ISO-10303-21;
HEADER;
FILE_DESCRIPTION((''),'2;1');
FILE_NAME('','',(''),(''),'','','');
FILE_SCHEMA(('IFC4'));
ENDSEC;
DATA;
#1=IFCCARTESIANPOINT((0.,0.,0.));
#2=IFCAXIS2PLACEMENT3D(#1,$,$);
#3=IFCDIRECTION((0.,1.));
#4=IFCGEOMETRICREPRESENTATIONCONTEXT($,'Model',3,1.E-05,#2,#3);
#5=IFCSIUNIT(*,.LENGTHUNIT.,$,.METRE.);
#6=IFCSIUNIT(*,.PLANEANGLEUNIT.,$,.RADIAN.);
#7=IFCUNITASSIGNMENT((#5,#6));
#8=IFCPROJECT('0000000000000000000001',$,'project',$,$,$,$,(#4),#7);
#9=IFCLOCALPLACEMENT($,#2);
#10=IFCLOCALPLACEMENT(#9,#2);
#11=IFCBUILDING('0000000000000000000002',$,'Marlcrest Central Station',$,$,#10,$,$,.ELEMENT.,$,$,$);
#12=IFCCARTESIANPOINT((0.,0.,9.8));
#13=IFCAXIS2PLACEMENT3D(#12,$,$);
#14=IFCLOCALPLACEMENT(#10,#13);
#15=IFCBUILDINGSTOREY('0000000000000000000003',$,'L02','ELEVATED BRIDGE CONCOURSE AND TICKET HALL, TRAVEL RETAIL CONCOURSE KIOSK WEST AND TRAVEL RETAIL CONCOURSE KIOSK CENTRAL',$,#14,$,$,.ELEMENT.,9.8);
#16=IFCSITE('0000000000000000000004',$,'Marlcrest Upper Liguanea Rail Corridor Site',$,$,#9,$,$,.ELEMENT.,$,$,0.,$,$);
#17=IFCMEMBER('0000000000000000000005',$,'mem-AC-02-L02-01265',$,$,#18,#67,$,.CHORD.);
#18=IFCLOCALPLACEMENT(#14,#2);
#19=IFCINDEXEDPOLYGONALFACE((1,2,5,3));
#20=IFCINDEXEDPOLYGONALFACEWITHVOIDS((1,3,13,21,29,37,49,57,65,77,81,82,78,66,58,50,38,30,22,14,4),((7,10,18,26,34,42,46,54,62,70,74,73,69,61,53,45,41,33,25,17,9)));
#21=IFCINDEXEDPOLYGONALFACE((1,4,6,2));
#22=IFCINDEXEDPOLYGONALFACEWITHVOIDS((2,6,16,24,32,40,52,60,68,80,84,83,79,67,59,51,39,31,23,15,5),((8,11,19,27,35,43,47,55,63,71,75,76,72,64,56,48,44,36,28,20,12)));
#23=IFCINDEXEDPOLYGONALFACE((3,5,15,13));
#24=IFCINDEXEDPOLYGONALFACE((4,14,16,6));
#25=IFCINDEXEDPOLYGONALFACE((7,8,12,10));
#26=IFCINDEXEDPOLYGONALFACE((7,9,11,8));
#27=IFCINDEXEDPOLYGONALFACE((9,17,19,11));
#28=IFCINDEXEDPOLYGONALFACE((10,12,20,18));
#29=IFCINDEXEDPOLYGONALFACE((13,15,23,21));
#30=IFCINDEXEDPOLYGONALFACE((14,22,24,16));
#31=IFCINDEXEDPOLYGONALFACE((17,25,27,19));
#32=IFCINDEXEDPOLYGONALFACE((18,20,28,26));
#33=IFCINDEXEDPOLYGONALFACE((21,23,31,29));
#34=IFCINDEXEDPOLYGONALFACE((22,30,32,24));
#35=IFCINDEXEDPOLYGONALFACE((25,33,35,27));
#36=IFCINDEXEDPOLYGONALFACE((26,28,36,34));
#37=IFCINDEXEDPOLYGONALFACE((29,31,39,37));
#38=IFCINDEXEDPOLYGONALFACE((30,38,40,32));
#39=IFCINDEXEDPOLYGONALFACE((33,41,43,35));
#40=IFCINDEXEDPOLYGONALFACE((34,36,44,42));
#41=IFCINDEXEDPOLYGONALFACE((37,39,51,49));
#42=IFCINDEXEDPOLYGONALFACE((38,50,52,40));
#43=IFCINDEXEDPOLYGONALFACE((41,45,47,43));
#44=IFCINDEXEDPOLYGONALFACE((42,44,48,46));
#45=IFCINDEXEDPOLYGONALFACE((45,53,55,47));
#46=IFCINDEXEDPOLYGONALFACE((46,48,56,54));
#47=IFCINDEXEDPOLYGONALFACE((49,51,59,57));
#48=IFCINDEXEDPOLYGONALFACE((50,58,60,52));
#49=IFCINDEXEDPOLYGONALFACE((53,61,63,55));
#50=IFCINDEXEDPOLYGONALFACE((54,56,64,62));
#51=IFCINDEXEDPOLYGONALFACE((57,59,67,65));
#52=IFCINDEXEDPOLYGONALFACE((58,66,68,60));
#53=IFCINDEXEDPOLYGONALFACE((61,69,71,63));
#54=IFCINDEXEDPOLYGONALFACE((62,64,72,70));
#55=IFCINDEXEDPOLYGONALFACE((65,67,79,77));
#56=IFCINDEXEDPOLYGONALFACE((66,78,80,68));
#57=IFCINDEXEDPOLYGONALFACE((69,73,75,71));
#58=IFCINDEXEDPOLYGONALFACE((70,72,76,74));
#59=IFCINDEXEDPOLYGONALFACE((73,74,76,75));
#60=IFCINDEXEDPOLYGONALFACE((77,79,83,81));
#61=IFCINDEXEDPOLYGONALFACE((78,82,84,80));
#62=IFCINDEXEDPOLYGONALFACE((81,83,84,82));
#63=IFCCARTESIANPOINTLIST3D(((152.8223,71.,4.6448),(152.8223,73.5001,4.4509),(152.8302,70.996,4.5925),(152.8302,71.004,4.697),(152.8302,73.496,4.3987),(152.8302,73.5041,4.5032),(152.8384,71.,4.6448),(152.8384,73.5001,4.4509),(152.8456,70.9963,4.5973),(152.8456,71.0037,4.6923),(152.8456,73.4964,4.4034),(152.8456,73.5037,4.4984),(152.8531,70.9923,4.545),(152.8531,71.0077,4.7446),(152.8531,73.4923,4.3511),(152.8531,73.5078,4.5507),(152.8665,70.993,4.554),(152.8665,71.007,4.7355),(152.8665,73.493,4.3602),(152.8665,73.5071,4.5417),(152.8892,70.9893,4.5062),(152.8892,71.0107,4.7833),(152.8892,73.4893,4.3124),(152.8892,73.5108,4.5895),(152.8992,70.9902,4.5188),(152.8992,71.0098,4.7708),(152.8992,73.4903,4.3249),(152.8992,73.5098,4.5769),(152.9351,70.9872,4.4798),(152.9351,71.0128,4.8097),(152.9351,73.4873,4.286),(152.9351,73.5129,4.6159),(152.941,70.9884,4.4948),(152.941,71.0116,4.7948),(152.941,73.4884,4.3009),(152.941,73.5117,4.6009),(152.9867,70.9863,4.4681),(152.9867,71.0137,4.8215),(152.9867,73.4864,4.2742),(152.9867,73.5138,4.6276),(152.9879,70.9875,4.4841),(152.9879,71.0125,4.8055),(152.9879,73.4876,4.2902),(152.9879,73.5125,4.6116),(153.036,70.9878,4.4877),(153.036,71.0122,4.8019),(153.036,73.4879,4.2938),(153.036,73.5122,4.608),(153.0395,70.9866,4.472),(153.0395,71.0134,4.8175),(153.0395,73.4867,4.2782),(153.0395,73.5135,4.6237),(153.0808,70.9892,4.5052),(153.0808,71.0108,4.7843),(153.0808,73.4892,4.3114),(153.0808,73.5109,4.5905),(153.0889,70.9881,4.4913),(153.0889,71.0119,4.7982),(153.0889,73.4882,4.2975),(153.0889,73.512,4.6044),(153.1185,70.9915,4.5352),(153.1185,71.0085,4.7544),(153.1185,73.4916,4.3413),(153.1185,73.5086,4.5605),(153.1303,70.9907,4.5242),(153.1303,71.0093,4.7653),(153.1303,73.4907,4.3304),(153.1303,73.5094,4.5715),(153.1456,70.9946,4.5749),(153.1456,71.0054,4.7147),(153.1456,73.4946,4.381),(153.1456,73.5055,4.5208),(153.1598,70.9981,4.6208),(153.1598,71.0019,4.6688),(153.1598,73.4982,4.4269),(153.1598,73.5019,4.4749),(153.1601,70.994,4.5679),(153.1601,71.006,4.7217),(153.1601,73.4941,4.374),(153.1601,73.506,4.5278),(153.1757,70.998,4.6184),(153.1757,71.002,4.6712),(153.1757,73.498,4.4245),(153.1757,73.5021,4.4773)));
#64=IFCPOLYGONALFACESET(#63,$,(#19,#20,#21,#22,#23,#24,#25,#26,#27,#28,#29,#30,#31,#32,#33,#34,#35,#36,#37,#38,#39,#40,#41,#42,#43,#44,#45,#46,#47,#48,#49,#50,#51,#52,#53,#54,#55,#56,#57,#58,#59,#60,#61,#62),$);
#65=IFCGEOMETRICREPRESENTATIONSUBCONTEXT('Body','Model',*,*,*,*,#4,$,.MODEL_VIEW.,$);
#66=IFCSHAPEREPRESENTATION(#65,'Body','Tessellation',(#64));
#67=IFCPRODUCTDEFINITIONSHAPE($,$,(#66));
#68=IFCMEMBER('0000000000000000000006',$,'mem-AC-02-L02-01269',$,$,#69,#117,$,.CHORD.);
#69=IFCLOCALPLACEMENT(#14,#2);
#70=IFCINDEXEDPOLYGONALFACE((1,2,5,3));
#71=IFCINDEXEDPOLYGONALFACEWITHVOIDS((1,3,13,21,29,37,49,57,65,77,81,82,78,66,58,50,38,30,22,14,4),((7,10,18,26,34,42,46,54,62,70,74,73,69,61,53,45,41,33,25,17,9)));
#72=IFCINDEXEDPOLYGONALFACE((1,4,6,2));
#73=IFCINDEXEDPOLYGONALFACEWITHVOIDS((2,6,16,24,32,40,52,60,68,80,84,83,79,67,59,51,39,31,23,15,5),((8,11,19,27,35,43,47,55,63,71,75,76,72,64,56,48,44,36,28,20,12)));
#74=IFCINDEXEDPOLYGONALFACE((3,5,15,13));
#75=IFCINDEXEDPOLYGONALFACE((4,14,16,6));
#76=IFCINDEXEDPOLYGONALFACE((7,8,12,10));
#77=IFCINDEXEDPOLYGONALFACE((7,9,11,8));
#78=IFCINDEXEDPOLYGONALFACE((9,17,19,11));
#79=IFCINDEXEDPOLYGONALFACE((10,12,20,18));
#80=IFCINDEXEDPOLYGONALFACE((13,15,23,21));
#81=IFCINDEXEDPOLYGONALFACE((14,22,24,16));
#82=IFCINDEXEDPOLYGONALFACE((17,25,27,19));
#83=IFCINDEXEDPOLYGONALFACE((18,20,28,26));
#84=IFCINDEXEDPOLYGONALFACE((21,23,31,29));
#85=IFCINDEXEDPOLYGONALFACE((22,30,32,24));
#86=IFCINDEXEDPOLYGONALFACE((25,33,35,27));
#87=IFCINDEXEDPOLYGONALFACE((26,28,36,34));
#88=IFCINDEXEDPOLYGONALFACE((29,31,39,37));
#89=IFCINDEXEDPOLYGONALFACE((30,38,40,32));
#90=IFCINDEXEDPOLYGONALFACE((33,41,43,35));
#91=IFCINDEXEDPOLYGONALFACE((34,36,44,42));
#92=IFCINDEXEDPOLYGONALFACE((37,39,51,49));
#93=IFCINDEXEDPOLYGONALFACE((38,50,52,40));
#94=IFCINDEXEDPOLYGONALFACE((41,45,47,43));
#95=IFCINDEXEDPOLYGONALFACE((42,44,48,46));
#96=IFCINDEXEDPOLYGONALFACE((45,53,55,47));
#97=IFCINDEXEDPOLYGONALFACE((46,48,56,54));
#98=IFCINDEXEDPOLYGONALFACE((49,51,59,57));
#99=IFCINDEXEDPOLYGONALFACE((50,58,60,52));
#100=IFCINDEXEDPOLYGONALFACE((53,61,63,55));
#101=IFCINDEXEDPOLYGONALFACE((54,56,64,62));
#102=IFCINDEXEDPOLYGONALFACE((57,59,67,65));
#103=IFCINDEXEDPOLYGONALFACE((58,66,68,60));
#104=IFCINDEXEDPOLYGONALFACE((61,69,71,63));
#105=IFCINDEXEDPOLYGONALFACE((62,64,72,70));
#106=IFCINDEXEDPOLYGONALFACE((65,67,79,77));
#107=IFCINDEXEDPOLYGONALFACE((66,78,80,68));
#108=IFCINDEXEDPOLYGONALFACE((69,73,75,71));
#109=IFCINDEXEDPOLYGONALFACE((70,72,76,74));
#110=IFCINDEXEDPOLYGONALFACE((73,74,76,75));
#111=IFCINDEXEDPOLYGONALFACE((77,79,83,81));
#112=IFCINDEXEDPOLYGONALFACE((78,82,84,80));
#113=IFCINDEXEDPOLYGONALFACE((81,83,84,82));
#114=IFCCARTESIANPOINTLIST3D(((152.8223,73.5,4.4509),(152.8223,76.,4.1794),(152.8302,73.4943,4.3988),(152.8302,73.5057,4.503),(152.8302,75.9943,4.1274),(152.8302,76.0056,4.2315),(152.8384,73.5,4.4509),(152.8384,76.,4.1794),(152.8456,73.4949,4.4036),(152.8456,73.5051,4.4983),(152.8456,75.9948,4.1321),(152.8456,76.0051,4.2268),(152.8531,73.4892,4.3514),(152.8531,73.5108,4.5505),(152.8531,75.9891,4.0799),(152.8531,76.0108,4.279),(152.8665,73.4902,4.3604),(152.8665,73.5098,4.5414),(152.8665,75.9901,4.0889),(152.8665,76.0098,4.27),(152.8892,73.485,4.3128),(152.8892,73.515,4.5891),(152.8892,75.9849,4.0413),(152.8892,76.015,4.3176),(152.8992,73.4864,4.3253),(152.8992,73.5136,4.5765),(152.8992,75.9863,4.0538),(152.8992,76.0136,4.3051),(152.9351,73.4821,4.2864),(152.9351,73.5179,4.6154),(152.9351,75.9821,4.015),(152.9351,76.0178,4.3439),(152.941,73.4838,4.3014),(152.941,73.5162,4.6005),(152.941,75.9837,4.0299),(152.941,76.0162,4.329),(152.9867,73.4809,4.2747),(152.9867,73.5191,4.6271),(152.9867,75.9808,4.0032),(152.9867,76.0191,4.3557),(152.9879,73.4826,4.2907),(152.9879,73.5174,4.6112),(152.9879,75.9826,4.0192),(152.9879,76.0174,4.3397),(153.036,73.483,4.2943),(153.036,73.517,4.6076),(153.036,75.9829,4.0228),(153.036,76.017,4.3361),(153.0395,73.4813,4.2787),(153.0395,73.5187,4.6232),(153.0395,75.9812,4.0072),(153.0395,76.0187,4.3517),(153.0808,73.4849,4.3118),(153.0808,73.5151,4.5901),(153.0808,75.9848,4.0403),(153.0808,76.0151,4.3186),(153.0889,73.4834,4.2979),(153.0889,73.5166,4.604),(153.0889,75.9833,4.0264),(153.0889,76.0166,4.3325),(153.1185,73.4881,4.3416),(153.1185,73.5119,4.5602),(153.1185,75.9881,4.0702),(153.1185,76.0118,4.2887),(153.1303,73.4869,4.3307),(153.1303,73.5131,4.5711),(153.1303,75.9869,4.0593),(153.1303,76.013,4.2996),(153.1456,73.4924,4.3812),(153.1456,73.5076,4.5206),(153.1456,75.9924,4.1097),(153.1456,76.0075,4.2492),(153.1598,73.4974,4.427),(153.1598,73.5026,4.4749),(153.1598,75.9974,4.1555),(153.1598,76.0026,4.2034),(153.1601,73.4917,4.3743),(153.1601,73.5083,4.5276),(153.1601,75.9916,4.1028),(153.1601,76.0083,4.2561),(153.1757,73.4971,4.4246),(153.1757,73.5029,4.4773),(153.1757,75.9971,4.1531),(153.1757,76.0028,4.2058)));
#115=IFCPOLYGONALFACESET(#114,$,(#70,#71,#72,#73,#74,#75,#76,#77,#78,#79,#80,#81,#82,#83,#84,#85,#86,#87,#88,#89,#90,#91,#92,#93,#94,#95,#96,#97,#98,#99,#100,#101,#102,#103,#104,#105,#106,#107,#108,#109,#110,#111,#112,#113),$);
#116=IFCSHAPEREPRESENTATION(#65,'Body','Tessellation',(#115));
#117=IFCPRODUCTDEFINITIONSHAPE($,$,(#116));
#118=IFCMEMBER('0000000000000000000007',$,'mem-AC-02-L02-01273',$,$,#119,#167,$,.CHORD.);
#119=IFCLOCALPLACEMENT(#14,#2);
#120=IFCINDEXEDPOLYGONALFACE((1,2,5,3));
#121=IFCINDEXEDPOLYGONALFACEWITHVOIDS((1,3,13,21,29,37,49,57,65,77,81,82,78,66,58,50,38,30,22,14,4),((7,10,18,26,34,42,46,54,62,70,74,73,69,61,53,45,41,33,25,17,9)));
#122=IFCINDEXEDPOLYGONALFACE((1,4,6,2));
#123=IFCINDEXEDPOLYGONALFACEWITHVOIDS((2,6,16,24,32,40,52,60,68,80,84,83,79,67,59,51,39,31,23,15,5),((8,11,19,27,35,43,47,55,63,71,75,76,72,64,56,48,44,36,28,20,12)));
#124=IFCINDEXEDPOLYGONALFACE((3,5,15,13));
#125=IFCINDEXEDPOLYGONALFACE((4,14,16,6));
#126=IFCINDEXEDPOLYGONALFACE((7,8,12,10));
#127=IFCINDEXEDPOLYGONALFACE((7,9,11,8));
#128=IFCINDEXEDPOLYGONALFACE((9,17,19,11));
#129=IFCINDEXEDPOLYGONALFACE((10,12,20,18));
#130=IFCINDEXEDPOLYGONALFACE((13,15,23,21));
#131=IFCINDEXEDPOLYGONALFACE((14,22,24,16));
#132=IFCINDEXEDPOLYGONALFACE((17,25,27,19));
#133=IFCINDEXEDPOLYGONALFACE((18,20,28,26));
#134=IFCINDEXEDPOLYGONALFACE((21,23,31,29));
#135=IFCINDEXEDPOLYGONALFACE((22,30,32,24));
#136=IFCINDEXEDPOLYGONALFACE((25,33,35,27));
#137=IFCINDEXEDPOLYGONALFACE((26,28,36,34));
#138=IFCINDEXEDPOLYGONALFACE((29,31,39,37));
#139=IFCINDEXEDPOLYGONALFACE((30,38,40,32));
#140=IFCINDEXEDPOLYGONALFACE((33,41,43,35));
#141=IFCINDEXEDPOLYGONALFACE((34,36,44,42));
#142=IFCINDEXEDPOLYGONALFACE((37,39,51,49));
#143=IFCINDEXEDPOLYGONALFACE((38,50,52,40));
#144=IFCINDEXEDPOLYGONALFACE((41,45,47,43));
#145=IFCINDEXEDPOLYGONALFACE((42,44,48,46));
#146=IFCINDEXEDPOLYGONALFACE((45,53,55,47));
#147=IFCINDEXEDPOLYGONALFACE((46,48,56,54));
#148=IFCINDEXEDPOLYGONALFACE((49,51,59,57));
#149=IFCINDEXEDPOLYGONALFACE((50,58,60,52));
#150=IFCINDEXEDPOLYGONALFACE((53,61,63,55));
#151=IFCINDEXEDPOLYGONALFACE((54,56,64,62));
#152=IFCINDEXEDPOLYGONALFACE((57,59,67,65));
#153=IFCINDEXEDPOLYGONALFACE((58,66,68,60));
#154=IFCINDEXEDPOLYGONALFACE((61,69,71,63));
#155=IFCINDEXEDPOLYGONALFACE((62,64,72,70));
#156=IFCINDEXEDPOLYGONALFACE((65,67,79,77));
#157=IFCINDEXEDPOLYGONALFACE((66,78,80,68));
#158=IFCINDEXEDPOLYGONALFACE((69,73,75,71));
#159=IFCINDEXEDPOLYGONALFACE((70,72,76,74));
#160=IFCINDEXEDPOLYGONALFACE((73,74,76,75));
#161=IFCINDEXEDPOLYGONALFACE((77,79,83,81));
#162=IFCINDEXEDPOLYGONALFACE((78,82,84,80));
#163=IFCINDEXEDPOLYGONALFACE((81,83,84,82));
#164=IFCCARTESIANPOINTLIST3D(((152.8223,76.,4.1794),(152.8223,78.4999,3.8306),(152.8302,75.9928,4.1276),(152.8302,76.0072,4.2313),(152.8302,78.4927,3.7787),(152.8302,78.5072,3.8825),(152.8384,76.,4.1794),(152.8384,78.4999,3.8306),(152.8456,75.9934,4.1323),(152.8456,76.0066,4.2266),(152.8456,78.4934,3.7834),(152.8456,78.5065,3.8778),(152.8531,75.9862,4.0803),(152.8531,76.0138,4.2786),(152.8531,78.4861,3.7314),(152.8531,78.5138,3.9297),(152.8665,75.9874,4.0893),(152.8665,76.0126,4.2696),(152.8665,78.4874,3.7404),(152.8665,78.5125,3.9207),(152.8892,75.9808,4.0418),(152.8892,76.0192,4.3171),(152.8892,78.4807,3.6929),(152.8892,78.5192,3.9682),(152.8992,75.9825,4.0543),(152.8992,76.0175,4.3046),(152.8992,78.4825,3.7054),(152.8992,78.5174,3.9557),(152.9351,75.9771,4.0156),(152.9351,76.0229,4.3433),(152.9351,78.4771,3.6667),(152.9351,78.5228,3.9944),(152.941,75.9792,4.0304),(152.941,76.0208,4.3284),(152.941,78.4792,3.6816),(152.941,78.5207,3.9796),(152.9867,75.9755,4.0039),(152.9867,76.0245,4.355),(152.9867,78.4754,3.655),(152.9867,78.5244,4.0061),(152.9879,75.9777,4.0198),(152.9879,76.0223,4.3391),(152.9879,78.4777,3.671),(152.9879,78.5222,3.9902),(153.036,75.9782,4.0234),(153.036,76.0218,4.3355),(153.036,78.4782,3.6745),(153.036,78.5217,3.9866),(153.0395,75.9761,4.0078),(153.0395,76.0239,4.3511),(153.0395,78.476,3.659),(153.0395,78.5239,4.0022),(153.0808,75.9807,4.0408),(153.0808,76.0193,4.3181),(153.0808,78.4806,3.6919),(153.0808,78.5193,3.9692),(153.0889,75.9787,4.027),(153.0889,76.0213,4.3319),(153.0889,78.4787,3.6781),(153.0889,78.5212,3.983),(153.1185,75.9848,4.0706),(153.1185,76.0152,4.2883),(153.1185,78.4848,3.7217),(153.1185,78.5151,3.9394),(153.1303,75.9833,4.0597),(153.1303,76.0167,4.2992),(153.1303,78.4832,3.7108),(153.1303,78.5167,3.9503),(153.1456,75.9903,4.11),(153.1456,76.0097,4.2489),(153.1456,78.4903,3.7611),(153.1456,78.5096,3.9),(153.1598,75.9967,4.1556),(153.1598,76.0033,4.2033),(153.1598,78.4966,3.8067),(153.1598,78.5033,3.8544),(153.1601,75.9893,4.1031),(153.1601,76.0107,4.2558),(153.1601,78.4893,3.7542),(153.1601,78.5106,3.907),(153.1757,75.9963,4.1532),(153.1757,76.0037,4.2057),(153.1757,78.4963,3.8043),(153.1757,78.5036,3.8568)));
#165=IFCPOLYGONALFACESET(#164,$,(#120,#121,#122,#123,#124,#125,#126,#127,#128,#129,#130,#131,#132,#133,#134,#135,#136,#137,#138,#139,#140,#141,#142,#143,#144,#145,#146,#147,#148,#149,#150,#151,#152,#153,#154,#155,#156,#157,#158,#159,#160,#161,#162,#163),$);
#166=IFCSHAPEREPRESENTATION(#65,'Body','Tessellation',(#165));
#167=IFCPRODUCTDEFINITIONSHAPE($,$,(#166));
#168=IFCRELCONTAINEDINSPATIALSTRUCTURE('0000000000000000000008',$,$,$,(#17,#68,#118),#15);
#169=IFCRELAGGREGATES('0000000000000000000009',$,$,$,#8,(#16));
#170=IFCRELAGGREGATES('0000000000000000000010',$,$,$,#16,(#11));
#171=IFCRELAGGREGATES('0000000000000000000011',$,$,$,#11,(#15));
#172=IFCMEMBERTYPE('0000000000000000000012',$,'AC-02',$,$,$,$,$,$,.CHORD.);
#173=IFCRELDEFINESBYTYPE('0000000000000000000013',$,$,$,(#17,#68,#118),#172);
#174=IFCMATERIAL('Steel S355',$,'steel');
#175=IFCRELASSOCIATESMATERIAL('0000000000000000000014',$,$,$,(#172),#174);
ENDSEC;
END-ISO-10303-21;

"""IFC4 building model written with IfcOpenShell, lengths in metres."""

from ifc_helpers import new_model, si_unit, direction, frame, origin, origin_2d, place, context, subcontext, project, spatial, hollow_circle, extrude, material, material_profile, profile_set, type_object, element, save


model = new_model("IFC4")

# Units and contexts
model_context = context("Model", 3, precision=1e-05, world=origin(), true_north=direction((0.0, 1.0)))
body_context = subcontext(model_context, "Body", "Model", "MODEL_VIEW")
ifc_project = project(units=[si_unit("LENGTHUNIT", "METRE"), si_unit("PLANEANGLEUNIT", "RADIAN")], contexts=[model_context])

# Site, building, storey
site_placement = place(None, origin())
site = spatial("IfcSite", under=ifc_project, at=site_placement, Name="Marlcrest Upper Liguanea Rail Corridor Site", CompositionType="ELEMENT", RefElevation=0.0)
building_placement = place(site_placement, origin())
building = spatial("IfcBuilding", under=site, at=building_placement, Name="Marlcrest Central Station", CompositionType="ELEMENT")
storey_placement = place(building_placement, frame((0.0, 0.0, 9.8)))
storey = spatial("IfcBuildingStorey", under=building, at=storey_placement, Name="L02", Description="ELEVATED BRIDGE CONCOURSE AND TICKET HALL, TRAVEL RETAIL CONCOURSE KIOSK WEST AND TRAVEL RETAIL CONCOURSE KIOSK CENTRAL", CompositionType="ELEMENT", Elevation=9.8)

# Members
ifc_material = material(Name="Steel S355", Category="steel")
ifc_material_profile_1 = material_profile(ifc_material, hollow_circle(Radius=0.1777, WallThickness=0.0161, at=origin_2d()), Name="CHS 355.6x16")
ifc_profile_set_1 = profile_set([ifc_material_profile_1], Name="Steel S355")
member_type_1 = type_object("IfcMemberType", Name="AC-02", PredefinedType="CHORD", material=ifc_profile_set_1)
member_1_placement = place(storey_placement, frame((153.0, 71.0, 4.6448), z_axis=(0.0, 0.997007, -0.077307), x_axis=(-1.0, 0.0, 0.0)))
element("IfcMember", 1, at=member_1_placement, inside=storey, type_object=member_type_1, Name="mem-AC-02-L02-01265", PredefinedType="CHORD", context=body_context, shape_type="SweptSolid", body=[
    extrude(hollow_circle(Radius=0.1777, WallThickness=0.0161, at=origin_2d()), origin(), (0.0, 0.0, 1.0), 2.5076),
])
member_2_placement = place(storey_placement, frame((153.0, 73.5, 4.4509), z_axis=(0.0, 0.994155, -0.107959), x_axis=(-1.0, 0.0, 0.0)))
element("IfcMember", 2, at=member_2_placement, inside=storey, type_object=member_type_1, Name="mem-AC-02-L02-01269", PredefinedType="CHORD", context=body_context, shape_type="SweptSolid", body=[
    extrude(hollow_circle(Radius=0.1777, WallThickness=0.0161, at=origin_2d()), origin(), (0.0, 0.0, 1.0), 2.5146),
])
member_3_placement = place(storey_placement, frame((153.0, 76.0, 4.1794), z_axis=(0.0, 0.990403, -0.138211), x_axis=(-1.0, 0.0, 0.0)))
element("IfcMember", 3, at=member_3_placement, inside=storey, type_object=member_type_1, Name="mem-AC-02-L02-01273", PredefinedType="CHORD", context=body_context, shape_type="SweptSolid", body=[
    extrude(hollow_circle(Radius=0.1777, WallThickness=0.0161, at=origin_2d()), origin(), (0.0, 0.0, 1.0), 2.5242),
])

save(model, "model.ifc")
